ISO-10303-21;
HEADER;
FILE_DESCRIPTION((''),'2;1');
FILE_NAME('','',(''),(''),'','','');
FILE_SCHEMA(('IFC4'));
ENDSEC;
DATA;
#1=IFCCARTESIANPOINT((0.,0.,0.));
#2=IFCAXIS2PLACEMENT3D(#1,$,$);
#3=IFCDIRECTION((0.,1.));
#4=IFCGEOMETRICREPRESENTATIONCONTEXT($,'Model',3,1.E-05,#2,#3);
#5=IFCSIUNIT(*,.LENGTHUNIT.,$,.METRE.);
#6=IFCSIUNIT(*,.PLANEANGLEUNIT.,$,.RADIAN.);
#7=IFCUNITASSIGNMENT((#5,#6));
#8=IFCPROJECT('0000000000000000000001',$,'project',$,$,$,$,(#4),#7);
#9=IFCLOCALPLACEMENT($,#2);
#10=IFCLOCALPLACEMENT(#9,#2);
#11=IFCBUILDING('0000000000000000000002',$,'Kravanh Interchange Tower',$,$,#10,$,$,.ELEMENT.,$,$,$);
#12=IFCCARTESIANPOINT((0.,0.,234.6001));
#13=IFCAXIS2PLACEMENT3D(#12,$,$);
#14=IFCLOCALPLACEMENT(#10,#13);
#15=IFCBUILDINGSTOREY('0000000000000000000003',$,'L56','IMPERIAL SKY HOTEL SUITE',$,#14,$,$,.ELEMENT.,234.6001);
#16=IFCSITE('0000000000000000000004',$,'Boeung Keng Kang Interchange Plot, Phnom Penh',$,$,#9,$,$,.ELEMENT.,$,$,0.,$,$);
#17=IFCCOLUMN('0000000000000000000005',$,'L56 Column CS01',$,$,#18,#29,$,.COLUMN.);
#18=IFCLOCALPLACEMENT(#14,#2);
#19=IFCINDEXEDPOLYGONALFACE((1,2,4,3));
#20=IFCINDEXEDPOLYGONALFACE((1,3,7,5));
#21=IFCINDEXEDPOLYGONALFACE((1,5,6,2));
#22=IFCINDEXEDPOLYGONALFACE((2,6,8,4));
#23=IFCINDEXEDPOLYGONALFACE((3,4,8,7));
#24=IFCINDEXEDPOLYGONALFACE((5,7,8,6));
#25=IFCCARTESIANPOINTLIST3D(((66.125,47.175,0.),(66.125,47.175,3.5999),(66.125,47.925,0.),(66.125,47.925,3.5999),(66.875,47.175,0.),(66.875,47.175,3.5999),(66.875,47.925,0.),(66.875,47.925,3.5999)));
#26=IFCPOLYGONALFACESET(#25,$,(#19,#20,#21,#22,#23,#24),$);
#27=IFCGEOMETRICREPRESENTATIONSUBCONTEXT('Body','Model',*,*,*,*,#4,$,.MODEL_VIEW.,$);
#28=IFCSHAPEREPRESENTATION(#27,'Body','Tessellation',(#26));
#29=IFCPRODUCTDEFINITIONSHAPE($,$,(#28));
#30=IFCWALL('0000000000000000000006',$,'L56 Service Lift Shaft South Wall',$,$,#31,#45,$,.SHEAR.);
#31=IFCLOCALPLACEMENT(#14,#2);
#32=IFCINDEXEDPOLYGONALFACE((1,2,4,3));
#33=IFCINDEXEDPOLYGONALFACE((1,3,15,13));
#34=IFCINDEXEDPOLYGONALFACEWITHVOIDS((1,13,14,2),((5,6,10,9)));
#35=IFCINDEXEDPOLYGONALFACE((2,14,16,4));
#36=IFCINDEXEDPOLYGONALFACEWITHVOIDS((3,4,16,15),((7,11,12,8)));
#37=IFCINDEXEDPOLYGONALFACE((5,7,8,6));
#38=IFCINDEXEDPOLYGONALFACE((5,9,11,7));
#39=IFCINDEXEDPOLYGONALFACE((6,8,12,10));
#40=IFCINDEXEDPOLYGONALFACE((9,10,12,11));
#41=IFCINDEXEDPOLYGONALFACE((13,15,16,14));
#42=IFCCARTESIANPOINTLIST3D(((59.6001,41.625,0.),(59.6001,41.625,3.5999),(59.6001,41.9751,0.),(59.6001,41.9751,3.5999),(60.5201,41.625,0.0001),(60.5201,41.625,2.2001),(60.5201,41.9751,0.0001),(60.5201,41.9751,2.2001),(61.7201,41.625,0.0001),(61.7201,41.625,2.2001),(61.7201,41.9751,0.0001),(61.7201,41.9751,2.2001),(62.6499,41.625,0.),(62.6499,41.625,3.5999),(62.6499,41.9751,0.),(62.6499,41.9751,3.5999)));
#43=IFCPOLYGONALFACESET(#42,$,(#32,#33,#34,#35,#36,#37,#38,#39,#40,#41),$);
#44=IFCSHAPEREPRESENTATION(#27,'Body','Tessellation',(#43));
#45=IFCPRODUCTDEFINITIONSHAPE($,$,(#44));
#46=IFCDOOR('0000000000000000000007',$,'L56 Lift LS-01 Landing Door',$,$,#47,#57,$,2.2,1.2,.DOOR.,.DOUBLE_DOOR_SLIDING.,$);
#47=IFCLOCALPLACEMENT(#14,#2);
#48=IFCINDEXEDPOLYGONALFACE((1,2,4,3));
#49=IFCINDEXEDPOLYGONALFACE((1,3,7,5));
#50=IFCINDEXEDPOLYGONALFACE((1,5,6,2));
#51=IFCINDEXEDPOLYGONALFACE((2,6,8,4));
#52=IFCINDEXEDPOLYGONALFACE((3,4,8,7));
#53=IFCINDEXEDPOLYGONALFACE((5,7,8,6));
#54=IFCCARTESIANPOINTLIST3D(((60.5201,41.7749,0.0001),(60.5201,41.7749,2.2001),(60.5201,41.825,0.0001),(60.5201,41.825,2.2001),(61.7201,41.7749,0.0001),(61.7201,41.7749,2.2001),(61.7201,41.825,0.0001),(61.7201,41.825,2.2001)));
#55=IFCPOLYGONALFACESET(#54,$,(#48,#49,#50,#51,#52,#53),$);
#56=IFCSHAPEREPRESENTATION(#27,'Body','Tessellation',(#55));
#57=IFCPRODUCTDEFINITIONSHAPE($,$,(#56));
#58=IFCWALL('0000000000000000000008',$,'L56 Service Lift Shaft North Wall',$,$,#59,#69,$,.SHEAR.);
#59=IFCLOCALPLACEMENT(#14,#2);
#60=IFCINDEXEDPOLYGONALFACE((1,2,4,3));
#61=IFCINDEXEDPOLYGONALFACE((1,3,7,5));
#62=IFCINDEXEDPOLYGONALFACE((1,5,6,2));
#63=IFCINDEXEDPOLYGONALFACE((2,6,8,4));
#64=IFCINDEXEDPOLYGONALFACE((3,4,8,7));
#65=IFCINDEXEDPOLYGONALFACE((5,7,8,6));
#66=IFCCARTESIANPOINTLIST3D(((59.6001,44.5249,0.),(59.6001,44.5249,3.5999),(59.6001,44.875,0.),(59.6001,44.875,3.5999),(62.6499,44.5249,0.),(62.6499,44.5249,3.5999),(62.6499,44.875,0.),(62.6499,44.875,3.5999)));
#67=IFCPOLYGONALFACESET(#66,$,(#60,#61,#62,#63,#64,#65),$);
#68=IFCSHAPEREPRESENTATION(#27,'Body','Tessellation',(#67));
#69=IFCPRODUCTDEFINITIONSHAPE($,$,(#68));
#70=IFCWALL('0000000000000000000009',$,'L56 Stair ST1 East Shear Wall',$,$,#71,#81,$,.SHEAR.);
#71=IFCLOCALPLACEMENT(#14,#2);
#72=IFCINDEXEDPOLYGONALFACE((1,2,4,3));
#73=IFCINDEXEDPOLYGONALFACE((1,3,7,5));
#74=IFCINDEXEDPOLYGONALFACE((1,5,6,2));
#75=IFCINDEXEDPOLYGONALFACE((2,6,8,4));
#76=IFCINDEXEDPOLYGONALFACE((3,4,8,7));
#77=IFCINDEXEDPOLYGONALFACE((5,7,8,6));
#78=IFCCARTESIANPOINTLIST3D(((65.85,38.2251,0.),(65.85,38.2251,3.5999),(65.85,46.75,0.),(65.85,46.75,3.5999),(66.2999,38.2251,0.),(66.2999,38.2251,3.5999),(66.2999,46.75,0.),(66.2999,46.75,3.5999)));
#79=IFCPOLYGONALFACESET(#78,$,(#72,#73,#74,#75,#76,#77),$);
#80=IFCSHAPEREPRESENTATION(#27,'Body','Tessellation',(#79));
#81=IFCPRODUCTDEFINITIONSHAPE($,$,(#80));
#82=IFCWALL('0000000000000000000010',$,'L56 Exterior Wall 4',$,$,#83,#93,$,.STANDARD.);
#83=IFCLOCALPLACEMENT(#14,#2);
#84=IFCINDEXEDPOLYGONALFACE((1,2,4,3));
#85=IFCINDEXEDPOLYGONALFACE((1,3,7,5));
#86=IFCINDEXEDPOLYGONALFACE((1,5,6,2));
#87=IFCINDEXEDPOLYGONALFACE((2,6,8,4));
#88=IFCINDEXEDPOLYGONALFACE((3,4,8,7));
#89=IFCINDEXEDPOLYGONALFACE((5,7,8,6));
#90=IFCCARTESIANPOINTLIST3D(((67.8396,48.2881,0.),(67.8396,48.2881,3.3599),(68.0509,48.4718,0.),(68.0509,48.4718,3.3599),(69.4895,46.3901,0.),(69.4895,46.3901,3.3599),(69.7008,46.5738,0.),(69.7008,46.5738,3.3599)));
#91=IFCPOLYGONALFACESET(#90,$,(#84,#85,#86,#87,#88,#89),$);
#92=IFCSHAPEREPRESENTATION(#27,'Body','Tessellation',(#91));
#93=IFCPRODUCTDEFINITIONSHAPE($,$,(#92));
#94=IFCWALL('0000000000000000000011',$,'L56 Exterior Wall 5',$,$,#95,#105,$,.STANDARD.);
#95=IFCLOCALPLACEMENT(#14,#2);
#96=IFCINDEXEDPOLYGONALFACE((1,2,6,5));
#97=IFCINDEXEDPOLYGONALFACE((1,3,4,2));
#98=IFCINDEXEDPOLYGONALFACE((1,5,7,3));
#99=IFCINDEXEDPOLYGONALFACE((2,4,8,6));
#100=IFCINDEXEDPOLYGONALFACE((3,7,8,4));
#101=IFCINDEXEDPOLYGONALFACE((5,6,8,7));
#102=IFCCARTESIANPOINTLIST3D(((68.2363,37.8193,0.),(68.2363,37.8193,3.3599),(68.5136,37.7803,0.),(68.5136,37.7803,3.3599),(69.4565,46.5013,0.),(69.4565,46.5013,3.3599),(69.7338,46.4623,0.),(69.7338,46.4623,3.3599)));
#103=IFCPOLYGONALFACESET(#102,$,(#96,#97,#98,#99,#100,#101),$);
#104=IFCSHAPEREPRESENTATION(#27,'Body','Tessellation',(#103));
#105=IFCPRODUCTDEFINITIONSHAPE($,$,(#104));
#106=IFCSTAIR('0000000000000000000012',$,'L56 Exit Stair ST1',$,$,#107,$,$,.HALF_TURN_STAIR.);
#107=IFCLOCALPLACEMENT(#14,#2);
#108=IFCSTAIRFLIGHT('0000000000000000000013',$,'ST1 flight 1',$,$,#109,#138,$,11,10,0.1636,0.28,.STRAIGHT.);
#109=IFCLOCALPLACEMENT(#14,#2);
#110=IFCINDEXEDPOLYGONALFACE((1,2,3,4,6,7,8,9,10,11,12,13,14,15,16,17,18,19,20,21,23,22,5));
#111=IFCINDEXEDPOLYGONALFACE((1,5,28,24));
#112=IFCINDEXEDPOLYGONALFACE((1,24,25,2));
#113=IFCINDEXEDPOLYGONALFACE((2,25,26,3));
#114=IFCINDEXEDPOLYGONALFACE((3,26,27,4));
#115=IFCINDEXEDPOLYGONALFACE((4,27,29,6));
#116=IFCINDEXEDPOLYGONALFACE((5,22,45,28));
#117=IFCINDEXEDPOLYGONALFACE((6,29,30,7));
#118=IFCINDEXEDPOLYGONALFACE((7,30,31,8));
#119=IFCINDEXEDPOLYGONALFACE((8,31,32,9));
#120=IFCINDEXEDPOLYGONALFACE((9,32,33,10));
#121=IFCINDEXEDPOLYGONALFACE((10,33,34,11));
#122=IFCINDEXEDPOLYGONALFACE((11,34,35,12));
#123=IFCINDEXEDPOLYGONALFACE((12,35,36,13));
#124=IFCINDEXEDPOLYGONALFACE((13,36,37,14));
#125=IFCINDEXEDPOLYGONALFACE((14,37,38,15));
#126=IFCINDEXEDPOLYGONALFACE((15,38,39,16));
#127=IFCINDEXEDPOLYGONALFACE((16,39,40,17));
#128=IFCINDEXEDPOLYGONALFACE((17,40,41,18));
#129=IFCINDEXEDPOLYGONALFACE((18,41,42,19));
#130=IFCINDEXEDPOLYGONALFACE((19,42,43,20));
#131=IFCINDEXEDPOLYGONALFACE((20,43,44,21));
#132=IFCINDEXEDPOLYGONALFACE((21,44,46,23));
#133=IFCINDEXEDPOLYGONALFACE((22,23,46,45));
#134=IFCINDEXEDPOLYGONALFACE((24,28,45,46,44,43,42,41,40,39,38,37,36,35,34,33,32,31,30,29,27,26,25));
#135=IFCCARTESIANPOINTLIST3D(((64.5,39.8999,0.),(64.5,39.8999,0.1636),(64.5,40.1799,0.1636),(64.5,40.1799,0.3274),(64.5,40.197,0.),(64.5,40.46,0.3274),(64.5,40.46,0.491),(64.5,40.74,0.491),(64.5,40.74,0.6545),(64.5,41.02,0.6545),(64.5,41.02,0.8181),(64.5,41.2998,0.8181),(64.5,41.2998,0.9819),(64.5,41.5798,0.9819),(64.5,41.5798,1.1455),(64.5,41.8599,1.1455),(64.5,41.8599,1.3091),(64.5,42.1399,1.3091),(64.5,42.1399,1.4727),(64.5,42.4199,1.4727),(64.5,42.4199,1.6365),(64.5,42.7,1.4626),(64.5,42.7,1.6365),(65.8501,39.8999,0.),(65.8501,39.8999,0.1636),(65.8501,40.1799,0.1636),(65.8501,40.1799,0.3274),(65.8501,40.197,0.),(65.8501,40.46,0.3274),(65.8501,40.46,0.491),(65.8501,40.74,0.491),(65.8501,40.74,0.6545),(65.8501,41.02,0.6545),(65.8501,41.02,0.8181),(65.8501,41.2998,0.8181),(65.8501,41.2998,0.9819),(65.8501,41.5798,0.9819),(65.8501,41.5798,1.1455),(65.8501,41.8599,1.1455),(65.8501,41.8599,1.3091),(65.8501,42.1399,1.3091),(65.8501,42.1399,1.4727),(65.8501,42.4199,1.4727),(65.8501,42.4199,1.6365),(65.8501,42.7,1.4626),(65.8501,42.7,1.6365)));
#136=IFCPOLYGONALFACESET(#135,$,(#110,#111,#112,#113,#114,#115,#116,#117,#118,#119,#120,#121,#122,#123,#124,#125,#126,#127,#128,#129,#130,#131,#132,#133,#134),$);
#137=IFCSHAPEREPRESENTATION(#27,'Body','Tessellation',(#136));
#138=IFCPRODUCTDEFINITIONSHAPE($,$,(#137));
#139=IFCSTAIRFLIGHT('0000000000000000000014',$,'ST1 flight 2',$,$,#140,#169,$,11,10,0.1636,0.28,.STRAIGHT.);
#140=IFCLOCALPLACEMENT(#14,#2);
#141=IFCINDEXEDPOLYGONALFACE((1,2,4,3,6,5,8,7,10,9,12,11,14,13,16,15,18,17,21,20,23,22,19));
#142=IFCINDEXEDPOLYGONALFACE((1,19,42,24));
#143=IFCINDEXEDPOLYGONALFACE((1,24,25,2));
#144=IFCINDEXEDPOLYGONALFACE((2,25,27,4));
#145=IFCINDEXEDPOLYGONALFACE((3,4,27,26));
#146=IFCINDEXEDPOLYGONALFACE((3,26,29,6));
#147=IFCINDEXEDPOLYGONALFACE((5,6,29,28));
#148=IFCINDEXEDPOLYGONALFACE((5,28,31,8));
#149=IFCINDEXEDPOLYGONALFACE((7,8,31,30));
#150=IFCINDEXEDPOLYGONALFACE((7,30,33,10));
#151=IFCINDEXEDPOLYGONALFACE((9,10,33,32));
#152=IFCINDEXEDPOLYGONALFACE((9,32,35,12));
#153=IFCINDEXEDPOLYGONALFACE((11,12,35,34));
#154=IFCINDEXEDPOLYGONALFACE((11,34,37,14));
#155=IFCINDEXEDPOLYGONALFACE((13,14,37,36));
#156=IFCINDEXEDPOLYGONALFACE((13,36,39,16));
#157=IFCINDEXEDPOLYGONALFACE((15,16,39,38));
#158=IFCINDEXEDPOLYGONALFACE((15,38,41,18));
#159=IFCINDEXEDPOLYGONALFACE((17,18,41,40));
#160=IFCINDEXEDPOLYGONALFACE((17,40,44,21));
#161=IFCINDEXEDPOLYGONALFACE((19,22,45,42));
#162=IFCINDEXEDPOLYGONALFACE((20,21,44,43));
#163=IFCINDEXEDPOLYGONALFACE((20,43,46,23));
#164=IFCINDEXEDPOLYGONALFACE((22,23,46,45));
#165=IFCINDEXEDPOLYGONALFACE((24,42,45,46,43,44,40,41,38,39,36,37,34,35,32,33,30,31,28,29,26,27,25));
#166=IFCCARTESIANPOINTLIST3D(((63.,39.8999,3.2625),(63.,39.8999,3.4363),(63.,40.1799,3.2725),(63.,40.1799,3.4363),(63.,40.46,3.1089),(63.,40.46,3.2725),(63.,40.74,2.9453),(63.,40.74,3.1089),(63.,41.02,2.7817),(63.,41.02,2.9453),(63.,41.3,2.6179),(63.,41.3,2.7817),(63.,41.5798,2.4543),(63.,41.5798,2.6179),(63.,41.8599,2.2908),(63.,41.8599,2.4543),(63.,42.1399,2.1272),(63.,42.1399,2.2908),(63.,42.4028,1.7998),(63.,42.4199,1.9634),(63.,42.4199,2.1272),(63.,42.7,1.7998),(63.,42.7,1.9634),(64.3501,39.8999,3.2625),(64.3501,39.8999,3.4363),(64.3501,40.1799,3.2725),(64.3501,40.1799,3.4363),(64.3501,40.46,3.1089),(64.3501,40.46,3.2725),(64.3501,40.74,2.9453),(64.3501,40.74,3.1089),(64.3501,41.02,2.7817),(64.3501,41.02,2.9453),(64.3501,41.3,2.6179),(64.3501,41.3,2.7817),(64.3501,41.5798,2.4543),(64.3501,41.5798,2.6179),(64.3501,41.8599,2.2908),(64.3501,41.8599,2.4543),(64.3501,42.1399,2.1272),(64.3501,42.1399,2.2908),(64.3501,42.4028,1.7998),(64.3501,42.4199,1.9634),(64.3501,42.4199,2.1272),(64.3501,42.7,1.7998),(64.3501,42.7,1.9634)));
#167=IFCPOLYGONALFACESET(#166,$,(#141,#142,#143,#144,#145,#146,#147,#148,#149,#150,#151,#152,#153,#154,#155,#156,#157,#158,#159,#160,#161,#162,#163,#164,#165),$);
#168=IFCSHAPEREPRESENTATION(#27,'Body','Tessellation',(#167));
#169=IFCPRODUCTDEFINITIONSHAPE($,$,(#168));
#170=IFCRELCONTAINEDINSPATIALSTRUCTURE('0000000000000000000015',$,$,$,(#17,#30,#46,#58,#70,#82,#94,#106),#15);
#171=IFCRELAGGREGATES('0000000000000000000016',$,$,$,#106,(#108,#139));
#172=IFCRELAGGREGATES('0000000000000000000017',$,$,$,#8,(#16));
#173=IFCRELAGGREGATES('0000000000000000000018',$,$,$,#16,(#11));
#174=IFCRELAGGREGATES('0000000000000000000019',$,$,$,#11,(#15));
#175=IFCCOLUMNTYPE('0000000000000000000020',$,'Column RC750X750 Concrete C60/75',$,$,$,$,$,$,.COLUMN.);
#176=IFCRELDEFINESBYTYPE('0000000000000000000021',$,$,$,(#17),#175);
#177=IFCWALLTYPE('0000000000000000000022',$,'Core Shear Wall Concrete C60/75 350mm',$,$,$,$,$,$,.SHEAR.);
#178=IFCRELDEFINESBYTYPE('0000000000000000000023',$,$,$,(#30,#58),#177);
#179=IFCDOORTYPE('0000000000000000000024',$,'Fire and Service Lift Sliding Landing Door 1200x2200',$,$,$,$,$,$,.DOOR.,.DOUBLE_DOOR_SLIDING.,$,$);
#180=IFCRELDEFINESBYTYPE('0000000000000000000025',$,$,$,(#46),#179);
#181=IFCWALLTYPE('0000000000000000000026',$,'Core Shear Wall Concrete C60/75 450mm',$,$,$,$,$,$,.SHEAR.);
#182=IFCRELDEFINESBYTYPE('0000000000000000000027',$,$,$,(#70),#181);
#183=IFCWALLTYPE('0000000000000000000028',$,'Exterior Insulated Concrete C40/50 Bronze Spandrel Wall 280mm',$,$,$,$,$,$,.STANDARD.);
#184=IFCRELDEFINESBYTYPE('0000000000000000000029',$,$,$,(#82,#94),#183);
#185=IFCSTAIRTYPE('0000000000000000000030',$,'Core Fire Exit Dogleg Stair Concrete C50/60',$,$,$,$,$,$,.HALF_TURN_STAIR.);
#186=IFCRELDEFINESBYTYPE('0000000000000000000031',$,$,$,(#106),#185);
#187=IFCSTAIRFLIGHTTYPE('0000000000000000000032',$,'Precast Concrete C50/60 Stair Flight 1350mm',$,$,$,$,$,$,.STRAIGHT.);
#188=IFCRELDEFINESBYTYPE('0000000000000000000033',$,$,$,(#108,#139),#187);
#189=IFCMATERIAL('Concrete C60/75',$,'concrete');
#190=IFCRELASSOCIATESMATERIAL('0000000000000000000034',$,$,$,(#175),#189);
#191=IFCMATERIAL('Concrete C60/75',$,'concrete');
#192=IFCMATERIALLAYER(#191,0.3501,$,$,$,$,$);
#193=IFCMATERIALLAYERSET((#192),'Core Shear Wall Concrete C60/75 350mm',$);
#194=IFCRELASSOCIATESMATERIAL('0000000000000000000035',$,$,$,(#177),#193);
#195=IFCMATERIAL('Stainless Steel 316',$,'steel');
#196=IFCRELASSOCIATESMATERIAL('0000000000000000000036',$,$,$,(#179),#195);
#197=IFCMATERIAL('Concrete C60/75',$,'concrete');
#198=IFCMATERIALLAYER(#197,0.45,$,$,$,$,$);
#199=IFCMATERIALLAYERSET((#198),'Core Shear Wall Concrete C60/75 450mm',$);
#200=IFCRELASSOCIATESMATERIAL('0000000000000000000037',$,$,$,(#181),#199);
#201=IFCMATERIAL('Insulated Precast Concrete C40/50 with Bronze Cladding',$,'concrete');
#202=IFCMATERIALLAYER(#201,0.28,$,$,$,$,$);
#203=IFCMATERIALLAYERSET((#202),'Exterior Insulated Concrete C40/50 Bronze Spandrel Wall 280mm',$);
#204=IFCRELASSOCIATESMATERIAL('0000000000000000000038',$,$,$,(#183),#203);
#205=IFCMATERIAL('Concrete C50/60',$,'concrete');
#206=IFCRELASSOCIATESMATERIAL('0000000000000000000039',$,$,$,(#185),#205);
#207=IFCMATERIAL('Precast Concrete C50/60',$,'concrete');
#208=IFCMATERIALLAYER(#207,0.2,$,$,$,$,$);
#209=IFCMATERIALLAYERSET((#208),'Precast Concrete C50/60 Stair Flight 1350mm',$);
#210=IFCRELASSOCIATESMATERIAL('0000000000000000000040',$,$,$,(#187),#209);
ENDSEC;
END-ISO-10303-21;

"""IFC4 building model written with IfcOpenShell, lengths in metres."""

from ifc_helpers import new_model, si_unit, direction, frame, frame_2d, origin, origin_2d, place, context, subcontext, project, spatial, polyline, rectangle, outline, extrude, material, layer, layer_set, material_profile, profile_set, type_object, element, fill, aggregate, save


model = new_model("IFC4")

# Units and contexts
model_context = context("Model", 3, precision=1e-05, world=origin(), true_north=direction((0.0, 1.0)))
body_context = subcontext(model_context, "Body", "Model", "MODEL_VIEW")
ifc_project = project(units=[si_unit("LENGTHUNIT", "METRE"), si_unit("PLANEANGLEUNIT", "RADIAN")], contexts=[model_context])

# Site, building, storey
site_placement = place(None, origin())
site = spatial("IfcSite", under=ifc_project, at=site_placement, Name="Boeung Keng Kang Interchange Plot, Phnom Penh", CompositionType="ELEMENT", RefElevation=0.0)
building_placement = place(site_placement, origin())
building = spatial("IfcBuilding", under=site, at=building_placement, Name="Kravanh Interchange Tower", CompositionType="ELEMENT")
storey_placement = place(building_placement, frame((0.0, 0.0, 234.6001)))
storey = spatial("IfcBuildingStorey", under=building, at=storey_placement, Name="L56", Description="IMPERIAL SKY HOTEL SUITE", CompositionType="ELEMENT", Elevation=234.6001)

# Column
ifc_material_1 = material(Name="Concrete C60/75", Category="concrete")
ifc_material_profile = material_profile(ifc_material_1, rectangle(XDim=0.75, YDim=0.75, at=origin_2d()), Name="RC750X750")
ifc_profile_set = profile_set([ifc_material_profile], Name="Concrete C60/75")
column_type = type_object("IfcColumnType", Name="Column RC750X750 Concrete C60/75", PredefinedType="COLUMN", material=ifc_profile_set)
column_placement = place(storey_placement, frame((66.5, 47.55, 0.0), z_axis=(0.0, 0.0, 1.0), x_axis=(1.0, 0.0, 0.0)))
element("IfcColumn", 1, at=column_placement, inside=storey, type_object=column_type, Name="L56 Column CS01", PredefinedType="COLUMN", context=body_context, shape_type="SweptSolid", body=[
    extrude(rectangle(XDim=0.75, YDim=0.75, at=origin_2d()), origin(), (0.0, 0.0, 1.0), 3.5999),
])

# Wall, opening, door
ifc_material_2 = material(Name="Concrete C60/75", Category="concrete")
ifc_layer_1 = layer(ifc_material_2, 0.3501)
ifc_layer_set_1 = layer_set([ifc_layer_1], Name="Core Shear Wall Concrete C60/75 350mm")
wall_type_1 = type_object("IfcWallType", Name="Core Shear Wall Concrete C60/75 350mm", PredefinedType="SHEAR", material=ifc_layer_set_1)
wall_1_placement = place(storey_placement, frame((59.6001, 41.8, 0.0), z_axis=(0.0, 0.0, 1.0), x_axis=(1.0, 0.0, 0.0)))
wall_1 = element("IfcWall", 2, at=wall_1_placement, inside=storey, type_object=wall_type_1, Name="L56 Service Lift Shaft South Wall", PredefinedType="SHEAR", context=body_context, shape_type="SweptSolid", body=[
    extrude(rectangle(XDim=3.0498, YDim=0.3501, at=frame_2d((1.5249, 0.0))), origin(), (0.0, 0.0, 1.0), 3.5999),
])
opening_placement = place(wall_1_placement, frame((0.9199, 0.0, 0.0)))
opening = element("IfcOpeningElement", 3, at=opening_placement, cuts=wall_1, PredefinedType="OPENING", context=body_context, shape_type="SweptSolid", body=[
    extrude(rectangle(XDim=1.2, YDim=2.2, at=frame_2d((0.6001, 1.1001))), frame((0.0, 0.1851, 0.0), z_axis=(0.0, -1.0, 0.0), x_axis=(1.0, 0.0, 0.0)), (0.0, 0.0, 1.0), 0.3701),
])
ifc_material_3 = material(Name="Stainless Steel 316", Category="steel")
door_type = type_object("IfcDoorType", Name="Fire and Service Lift Sliding Landing Door 1200x2200", OperationType="DOUBLE_DOOR_SLIDING", PredefinedType="DOOR", material=ifc_material_3)
door_placement = place(opening_placement, origin())
door = element("IfcDoor", 4, at=door_placement, inside=storey, type_object=door_type, Name="L56 Lift LS-01 Landing Door", OperationType="DOUBLE_DOOR_SLIDING", OverallHeight=2.2, OverallWidth=1.2, PredefinedType="DOOR", context=body_context, shape_type="SweptSolid", body=[
    extrude(rectangle(XDim=1.2, YDim=2.2, at=frame_2d((0.6001, 1.1001))), frame((0.0, 0.0249, 0.0), z_axis=(0.0, -1.0, 0.0), x_axis=(1.0, 0.0, 0.0)), (0.0, 0.0, 1.0), 0.05),
])
fill(opening, door)

# Walls
wall_2_placement = place(storey_placement, frame((59.6001, 44.7, 0.0), z_axis=(0.0, 0.0, 1.0), x_axis=(1.0, 0.0, 0.0)))
element("IfcWall", 5, at=wall_2_placement, inside=storey, type_object=wall_type_1, Name="L56 Service Lift Shaft North Wall", PredefinedType="SHEAR", context=body_context, shape_type="SweptSolid", body=[
    extrude(rectangle(XDim=3.0498, YDim=0.3501, at=frame_2d((1.5249, 0.0))), origin(), (0.0, 0.0, 1.0), 3.5999),
])
ifc_material_4 = material(Name="Concrete C60/75", Category="concrete")
ifc_layer_2 = layer(ifc_material_4, 0.45)
ifc_layer_set_2 = layer_set([ifc_layer_2], Name="Core Shear Wall Concrete C60/75 450mm")
wall_type_2 = type_object("IfcWallType", Name="Core Shear Wall Concrete C60/75 450mm", PredefinedType="SHEAR", material=ifc_layer_set_2)
wall_3_placement = place(storey_placement, frame((66.075, 38.2251, 0.0), z_axis=(0.0, 0.0, 1.0), x_axis=(0.0, 1.0, 0.0)))
element("IfcWall", 6, at=wall_3_placement, inside=storey, type_object=wall_type_2, Name="L56 Stair ST1 East Shear Wall", PredefinedType="SHEAR", context=body_context, shape_type="SweptSolid", body=[
    extrude(rectangle(XDim=8.5249, YDim=0.45, at=frame_2d((4.2625, 0.0))), origin(), (0.0, 0.0, 1.0), 3.5999),
])
ifc_material_5 = material(Name="Insulated Precast Concrete C40/50 with Bronze Cladding", Category="concrete")
ifc_layer_3 = layer(ifc_material_5, 0.28)
ifc_layer_set_3 = layer_set([ifc_layer_3], Name="Exterior Insulated Concrete C40/50 Bronze Spandrel Wall 280mm")
wall_type_3 = type_object("IfcWallType", Name="Exterior Insulated Concrete C40/50 Bronze Spandrel Wall 280mm", PredefinedType="STANDARD", material=ifc_layer_set_3)
wall_4_placement = place(storey_placement, frame((67.9453, 48.3799, 0.0), z_axis=(0.0, 0.0, 1.0), x_axis=(0.656068, -0.754702, 0.0)))
element("IfcWall", 7, at=wall_4_placement, inside=storey, type_object=wall_type_3, Name="L56 Exterior Wall 4", PredefinedType="STANDARD", context=body_context, shape_type="SweptSolid", body=[
    extrude(rectangle(XDim=2.5149, YDim=0.28, at=frame_2d((1.2573, 0.0))), origin(), (0.0, 0.0, 1.0), 3.3599),
])
wall_5_placement = place(storey_placement, frame((69.5952, 46.4819, 0.0), z_axis=(0.0, 0.0, 1.0), x_axis=(-0.139179, -0.990267, 0.0)))
element("IfcWall", 8, at=wall_5_placement, inside=storey, type_object=wall_type_3, Name="L56 Exterior Wall 5", PredefinedType="STANDARD", context=body_context, shape_type="SweptSolid", body=[
    extrude(rectangle(XDim=8.7673, YDim=0.28, at=frame_2d((4.3838, 0.0))), origin(), (0.0, 0.0, 1.0), 3.3599),
])

# Stair, stair flights
ifc_material_6 = material(Name="Concrete C50/60", Category="concrete")
stair_type = type_object("IfcStairType", Name="Core Fire Exit Dogleg Stair Concrete C50/60", PredefinedType="HALF_TURN_STAIR", material=ifc_material_6)
stair_1_placement = place(storey_placement, origin())
stair_1 = element("IfcStair", 9, at=stair_1_placement, inside=storey, type_object=stair_type, Name="L56 Exit Stair ST1", PredefinedType="HALF_TURN_STAIR")
ifc_material_7 = material(Name="Precast Concrete C50/60", Category="concrete")
ifc_layer_4 = layer(ifc_material_7, 0.2)
ifc_layer_set_4 = layer_set([ifc_layer_4], Name="Precast Concrete C50/60 Stair Flight 1350mm")
stair_flight_type = type_object("IfcStairFlightType", Name="Precast Concrete C50/60 Stair Flight 1350mm", PredefinedType="STRAIGHT", material=ifc_layer_set_4)
stair_flight_1_placement = place(storey_placement, frame((65.175, 39.8999, 0.0), z_axis=(0.0, 0.0, 1.0), x_axis=(0.0, 1.0, 0.0)))
stair_flight_1 = element("IfcStairFlight", 10, at=stair_flight_1_placement, type_object=stair_flight_type, Name="ST1 flight 1", NumberOfRisers=11, NumberOfTreads=10, PredefinedType="STRAIGHT", RiserHeight=0.1636, TreadLength=0.28, context=body_context, shape_type="SweptSolid", body=[
    extrude(outline(polyline([(0.0, 0.0), (0.0, 0.1636), (0.28, 0.1636), (0.28, 0.3274), (0.5601, 0.3274), (0.5601, 0.491), (0.8401, 0.491), (0.8401, 0.6545), (1.1201, 0.6545), (1.1201, 0.8181), (1.3999, 0.8181), (1.3999, 0.9819), (1.6799, 0.9819), (1.6799, 1.1455), (1.96, 1.1455), (1.96, 1.3091), (2.24, 1.3091), (2.24, 1.4727), (2.52, 1.4727), (2.52, 1.6365), (2.8, 1.6365), (2.8, 1.8), (2.8, 1.4626), (0.2971, 0.0), (0.0, 0.0)])), frame((0.0, 0.675, 0.0), z_axis=(0.0, -1.0, 0.0), x_axis=(1.0, 0.0, 0.0)), (0.0, 0.0, 1.0), 1.3501),
])
stair_flight_2_placement = place(storey_placement, frame((63.675, 42.7, 1.7998), z_axis=(0.0, 0.0, 1.0), x_axis=(0.0, -1.0, 0.0)))
stair_flight_2 = element("IfcStairFlight", 11, at=stair_flight_2_placement, type_object=stair_flight_type, Name="ST1 flight 2", NumberOfRisers=11, NumberOfTreads=10, PredefinedType="STRAIGHT", RiserHeight=0.1636, TreadLength=0.28, context=body_context, shape_type="SweptSolid", body=[
    extrude(outline(polyline([(0.0, 0.0), (0.0, 0.1636), (0.28, 0.1636), (0.28, 0.3274), (0.5601, 0.3274), (0.5601, 0.491), (0.8401, 0.491), (0.8401, 0.6545), (1.1201, 0.6545), (1.1201, 0.8181), (1.3999, 0.8181), (1.3999, 0.9819), (1.6799, 0.9819), (1.6799, 1.1455), (1.96, 1.1455), (1.96, 1.3091), (2.24, 1.3091), (2.24, 1.4727), (2.52, 1.4727), (2.52, 1.6365), (2.8, 1.6365), (2.8, 1.8), (2.8, 1.4626), (0.2971, 0.0), (0.0, 0.0)])), frame((0.0, 0.675, 0.0), z_axis=(0.0, -1.0, 0.0), x_axis=(1.0, 0.0, 0.0)), (0.0, 0.0, 1.0), 1.3501),
])
aggregate(stair_1, [stair_flight_1, stair_flight_2])

save(model, "model.ifc")
